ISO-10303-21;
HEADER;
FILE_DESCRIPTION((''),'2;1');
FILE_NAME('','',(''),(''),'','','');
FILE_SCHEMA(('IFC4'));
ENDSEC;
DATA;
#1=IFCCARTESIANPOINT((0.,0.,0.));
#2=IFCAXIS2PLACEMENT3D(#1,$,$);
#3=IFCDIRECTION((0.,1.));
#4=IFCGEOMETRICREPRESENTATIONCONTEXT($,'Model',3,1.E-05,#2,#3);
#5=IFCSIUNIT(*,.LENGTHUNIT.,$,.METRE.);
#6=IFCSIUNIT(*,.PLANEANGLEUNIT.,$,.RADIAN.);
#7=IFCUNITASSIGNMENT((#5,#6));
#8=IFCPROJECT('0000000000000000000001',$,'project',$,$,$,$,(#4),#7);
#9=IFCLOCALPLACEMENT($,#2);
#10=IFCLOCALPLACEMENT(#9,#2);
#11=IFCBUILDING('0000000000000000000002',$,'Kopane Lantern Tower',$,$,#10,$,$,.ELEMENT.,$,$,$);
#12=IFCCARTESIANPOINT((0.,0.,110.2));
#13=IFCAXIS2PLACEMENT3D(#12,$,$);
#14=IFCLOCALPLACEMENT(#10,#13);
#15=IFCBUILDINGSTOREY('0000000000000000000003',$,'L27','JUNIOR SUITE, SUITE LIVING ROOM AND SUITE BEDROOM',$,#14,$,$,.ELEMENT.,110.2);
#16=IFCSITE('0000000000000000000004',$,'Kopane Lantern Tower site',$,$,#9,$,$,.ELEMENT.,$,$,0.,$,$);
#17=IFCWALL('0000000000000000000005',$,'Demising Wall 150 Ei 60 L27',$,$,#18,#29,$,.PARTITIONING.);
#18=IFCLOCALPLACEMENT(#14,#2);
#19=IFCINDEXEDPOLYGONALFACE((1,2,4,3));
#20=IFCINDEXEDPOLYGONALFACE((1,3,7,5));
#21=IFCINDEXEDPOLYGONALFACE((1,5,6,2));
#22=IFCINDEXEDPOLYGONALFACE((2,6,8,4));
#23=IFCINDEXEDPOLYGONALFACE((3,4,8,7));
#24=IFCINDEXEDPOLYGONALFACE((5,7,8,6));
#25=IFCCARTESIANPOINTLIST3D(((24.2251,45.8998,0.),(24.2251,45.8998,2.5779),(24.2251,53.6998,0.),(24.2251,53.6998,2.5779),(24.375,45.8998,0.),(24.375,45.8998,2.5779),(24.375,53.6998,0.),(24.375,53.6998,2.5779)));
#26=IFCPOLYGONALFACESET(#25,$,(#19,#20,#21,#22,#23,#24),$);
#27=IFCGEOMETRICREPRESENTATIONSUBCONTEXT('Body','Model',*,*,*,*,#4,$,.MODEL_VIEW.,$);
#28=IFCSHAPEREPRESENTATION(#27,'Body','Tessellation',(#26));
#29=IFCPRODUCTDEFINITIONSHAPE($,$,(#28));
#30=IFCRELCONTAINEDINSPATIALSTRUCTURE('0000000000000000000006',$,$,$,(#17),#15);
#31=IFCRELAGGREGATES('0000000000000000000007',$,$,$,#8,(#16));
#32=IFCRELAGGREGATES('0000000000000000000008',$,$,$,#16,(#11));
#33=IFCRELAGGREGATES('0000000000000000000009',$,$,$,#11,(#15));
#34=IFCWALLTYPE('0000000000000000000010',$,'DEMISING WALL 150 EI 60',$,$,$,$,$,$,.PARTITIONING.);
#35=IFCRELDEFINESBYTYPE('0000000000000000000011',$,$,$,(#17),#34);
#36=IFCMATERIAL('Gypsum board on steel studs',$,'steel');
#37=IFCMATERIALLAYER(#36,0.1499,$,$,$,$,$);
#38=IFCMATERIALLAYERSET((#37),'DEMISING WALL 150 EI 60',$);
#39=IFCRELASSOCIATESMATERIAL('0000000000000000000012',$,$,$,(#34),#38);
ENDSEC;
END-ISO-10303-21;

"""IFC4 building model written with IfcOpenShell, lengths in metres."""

from ifc_helpers import new_model, si_unit, direction, frame, frame_2d, origin, place, context, subcontext, project, spatial, rectangle, extrude, material, layer, layer_set, type_object, element, save


model = new_model("IFC4")

# Units and contexts
model_context = context("Model", 3, precision=1e-05, world=origin(), true_north=direction((0.0, 1.0)))
body_context = subcontext(model_context, "Body", "Model", "MODEL_VIEW")
ifc_project = project(units=[si_unit("LENGTHUNIT", "METRE"), si_unit("PLANEANGLEUNIT", "RADIAN")], contexts=[model_context])

# Site, building, storey
site_placement = place(None, origin())
site = spatial("IfcSite", under=ifc_project, at=site_placement, Name="Kopane Lantern Tower site", CompositionType="ELEMENT", RefElevation=0.0)
building_placement = place(site_placement, origin())
building = spatial("IfcBuilding", under=site, at=building_placement, Name="Kopane Lantern Tower", CompositionType="ELEMENT")
storey_placement = place(building_placement, frame((0.0, 0.0, 110.2)))
storey = spatial("IfcBuildingStorey", under=building, at=storey_placement, Name="L27", Description="JUNIOR SUITE, SUITE LIVING ROOM AND SUITE BEDROOM", CompositionType="ELEMENT", Elevation=110.2)

# Wall
ifc_material_1 = material(Name="Gypsum board on steel studs", Category="steel")
ifc_layer_1 = layer(ifc_material_1, 0.1499)
ifc_layer_set_1 = layer_set([ifc_layer_1], Name="DEMISING WALL 150 EI 60")
wall_type_1 = type_object("IfcWallType", Name="DEMISING WALL 150 EI 60", PredefinedType="PARTITIONING", material=ifc_layer_set_1)
wall_1_placement = place(storey_placement, frame((24.3, 45.8999, 0.0), z_axis=(0.0, 0.0, 1.0), x_axis=(0.0, 1.0, 0.0)))
element("IfcWall", 1, at=wall_1_placement, inside=storey, type_object=wall_type_1, Name="Demising Wall 150 Ei 60 L27", PredefinedType="PARTITIONING", context=body_context, shape_type="SweptSolid", body=[
    extrude(rectangle(XDim=7.8, YDim=0.1499, at=frame_2d((3.8999, 0.0))), origin(), (0.0, 0.0, 1.0), 2.5779),
])

save(model, "model.ifc")
